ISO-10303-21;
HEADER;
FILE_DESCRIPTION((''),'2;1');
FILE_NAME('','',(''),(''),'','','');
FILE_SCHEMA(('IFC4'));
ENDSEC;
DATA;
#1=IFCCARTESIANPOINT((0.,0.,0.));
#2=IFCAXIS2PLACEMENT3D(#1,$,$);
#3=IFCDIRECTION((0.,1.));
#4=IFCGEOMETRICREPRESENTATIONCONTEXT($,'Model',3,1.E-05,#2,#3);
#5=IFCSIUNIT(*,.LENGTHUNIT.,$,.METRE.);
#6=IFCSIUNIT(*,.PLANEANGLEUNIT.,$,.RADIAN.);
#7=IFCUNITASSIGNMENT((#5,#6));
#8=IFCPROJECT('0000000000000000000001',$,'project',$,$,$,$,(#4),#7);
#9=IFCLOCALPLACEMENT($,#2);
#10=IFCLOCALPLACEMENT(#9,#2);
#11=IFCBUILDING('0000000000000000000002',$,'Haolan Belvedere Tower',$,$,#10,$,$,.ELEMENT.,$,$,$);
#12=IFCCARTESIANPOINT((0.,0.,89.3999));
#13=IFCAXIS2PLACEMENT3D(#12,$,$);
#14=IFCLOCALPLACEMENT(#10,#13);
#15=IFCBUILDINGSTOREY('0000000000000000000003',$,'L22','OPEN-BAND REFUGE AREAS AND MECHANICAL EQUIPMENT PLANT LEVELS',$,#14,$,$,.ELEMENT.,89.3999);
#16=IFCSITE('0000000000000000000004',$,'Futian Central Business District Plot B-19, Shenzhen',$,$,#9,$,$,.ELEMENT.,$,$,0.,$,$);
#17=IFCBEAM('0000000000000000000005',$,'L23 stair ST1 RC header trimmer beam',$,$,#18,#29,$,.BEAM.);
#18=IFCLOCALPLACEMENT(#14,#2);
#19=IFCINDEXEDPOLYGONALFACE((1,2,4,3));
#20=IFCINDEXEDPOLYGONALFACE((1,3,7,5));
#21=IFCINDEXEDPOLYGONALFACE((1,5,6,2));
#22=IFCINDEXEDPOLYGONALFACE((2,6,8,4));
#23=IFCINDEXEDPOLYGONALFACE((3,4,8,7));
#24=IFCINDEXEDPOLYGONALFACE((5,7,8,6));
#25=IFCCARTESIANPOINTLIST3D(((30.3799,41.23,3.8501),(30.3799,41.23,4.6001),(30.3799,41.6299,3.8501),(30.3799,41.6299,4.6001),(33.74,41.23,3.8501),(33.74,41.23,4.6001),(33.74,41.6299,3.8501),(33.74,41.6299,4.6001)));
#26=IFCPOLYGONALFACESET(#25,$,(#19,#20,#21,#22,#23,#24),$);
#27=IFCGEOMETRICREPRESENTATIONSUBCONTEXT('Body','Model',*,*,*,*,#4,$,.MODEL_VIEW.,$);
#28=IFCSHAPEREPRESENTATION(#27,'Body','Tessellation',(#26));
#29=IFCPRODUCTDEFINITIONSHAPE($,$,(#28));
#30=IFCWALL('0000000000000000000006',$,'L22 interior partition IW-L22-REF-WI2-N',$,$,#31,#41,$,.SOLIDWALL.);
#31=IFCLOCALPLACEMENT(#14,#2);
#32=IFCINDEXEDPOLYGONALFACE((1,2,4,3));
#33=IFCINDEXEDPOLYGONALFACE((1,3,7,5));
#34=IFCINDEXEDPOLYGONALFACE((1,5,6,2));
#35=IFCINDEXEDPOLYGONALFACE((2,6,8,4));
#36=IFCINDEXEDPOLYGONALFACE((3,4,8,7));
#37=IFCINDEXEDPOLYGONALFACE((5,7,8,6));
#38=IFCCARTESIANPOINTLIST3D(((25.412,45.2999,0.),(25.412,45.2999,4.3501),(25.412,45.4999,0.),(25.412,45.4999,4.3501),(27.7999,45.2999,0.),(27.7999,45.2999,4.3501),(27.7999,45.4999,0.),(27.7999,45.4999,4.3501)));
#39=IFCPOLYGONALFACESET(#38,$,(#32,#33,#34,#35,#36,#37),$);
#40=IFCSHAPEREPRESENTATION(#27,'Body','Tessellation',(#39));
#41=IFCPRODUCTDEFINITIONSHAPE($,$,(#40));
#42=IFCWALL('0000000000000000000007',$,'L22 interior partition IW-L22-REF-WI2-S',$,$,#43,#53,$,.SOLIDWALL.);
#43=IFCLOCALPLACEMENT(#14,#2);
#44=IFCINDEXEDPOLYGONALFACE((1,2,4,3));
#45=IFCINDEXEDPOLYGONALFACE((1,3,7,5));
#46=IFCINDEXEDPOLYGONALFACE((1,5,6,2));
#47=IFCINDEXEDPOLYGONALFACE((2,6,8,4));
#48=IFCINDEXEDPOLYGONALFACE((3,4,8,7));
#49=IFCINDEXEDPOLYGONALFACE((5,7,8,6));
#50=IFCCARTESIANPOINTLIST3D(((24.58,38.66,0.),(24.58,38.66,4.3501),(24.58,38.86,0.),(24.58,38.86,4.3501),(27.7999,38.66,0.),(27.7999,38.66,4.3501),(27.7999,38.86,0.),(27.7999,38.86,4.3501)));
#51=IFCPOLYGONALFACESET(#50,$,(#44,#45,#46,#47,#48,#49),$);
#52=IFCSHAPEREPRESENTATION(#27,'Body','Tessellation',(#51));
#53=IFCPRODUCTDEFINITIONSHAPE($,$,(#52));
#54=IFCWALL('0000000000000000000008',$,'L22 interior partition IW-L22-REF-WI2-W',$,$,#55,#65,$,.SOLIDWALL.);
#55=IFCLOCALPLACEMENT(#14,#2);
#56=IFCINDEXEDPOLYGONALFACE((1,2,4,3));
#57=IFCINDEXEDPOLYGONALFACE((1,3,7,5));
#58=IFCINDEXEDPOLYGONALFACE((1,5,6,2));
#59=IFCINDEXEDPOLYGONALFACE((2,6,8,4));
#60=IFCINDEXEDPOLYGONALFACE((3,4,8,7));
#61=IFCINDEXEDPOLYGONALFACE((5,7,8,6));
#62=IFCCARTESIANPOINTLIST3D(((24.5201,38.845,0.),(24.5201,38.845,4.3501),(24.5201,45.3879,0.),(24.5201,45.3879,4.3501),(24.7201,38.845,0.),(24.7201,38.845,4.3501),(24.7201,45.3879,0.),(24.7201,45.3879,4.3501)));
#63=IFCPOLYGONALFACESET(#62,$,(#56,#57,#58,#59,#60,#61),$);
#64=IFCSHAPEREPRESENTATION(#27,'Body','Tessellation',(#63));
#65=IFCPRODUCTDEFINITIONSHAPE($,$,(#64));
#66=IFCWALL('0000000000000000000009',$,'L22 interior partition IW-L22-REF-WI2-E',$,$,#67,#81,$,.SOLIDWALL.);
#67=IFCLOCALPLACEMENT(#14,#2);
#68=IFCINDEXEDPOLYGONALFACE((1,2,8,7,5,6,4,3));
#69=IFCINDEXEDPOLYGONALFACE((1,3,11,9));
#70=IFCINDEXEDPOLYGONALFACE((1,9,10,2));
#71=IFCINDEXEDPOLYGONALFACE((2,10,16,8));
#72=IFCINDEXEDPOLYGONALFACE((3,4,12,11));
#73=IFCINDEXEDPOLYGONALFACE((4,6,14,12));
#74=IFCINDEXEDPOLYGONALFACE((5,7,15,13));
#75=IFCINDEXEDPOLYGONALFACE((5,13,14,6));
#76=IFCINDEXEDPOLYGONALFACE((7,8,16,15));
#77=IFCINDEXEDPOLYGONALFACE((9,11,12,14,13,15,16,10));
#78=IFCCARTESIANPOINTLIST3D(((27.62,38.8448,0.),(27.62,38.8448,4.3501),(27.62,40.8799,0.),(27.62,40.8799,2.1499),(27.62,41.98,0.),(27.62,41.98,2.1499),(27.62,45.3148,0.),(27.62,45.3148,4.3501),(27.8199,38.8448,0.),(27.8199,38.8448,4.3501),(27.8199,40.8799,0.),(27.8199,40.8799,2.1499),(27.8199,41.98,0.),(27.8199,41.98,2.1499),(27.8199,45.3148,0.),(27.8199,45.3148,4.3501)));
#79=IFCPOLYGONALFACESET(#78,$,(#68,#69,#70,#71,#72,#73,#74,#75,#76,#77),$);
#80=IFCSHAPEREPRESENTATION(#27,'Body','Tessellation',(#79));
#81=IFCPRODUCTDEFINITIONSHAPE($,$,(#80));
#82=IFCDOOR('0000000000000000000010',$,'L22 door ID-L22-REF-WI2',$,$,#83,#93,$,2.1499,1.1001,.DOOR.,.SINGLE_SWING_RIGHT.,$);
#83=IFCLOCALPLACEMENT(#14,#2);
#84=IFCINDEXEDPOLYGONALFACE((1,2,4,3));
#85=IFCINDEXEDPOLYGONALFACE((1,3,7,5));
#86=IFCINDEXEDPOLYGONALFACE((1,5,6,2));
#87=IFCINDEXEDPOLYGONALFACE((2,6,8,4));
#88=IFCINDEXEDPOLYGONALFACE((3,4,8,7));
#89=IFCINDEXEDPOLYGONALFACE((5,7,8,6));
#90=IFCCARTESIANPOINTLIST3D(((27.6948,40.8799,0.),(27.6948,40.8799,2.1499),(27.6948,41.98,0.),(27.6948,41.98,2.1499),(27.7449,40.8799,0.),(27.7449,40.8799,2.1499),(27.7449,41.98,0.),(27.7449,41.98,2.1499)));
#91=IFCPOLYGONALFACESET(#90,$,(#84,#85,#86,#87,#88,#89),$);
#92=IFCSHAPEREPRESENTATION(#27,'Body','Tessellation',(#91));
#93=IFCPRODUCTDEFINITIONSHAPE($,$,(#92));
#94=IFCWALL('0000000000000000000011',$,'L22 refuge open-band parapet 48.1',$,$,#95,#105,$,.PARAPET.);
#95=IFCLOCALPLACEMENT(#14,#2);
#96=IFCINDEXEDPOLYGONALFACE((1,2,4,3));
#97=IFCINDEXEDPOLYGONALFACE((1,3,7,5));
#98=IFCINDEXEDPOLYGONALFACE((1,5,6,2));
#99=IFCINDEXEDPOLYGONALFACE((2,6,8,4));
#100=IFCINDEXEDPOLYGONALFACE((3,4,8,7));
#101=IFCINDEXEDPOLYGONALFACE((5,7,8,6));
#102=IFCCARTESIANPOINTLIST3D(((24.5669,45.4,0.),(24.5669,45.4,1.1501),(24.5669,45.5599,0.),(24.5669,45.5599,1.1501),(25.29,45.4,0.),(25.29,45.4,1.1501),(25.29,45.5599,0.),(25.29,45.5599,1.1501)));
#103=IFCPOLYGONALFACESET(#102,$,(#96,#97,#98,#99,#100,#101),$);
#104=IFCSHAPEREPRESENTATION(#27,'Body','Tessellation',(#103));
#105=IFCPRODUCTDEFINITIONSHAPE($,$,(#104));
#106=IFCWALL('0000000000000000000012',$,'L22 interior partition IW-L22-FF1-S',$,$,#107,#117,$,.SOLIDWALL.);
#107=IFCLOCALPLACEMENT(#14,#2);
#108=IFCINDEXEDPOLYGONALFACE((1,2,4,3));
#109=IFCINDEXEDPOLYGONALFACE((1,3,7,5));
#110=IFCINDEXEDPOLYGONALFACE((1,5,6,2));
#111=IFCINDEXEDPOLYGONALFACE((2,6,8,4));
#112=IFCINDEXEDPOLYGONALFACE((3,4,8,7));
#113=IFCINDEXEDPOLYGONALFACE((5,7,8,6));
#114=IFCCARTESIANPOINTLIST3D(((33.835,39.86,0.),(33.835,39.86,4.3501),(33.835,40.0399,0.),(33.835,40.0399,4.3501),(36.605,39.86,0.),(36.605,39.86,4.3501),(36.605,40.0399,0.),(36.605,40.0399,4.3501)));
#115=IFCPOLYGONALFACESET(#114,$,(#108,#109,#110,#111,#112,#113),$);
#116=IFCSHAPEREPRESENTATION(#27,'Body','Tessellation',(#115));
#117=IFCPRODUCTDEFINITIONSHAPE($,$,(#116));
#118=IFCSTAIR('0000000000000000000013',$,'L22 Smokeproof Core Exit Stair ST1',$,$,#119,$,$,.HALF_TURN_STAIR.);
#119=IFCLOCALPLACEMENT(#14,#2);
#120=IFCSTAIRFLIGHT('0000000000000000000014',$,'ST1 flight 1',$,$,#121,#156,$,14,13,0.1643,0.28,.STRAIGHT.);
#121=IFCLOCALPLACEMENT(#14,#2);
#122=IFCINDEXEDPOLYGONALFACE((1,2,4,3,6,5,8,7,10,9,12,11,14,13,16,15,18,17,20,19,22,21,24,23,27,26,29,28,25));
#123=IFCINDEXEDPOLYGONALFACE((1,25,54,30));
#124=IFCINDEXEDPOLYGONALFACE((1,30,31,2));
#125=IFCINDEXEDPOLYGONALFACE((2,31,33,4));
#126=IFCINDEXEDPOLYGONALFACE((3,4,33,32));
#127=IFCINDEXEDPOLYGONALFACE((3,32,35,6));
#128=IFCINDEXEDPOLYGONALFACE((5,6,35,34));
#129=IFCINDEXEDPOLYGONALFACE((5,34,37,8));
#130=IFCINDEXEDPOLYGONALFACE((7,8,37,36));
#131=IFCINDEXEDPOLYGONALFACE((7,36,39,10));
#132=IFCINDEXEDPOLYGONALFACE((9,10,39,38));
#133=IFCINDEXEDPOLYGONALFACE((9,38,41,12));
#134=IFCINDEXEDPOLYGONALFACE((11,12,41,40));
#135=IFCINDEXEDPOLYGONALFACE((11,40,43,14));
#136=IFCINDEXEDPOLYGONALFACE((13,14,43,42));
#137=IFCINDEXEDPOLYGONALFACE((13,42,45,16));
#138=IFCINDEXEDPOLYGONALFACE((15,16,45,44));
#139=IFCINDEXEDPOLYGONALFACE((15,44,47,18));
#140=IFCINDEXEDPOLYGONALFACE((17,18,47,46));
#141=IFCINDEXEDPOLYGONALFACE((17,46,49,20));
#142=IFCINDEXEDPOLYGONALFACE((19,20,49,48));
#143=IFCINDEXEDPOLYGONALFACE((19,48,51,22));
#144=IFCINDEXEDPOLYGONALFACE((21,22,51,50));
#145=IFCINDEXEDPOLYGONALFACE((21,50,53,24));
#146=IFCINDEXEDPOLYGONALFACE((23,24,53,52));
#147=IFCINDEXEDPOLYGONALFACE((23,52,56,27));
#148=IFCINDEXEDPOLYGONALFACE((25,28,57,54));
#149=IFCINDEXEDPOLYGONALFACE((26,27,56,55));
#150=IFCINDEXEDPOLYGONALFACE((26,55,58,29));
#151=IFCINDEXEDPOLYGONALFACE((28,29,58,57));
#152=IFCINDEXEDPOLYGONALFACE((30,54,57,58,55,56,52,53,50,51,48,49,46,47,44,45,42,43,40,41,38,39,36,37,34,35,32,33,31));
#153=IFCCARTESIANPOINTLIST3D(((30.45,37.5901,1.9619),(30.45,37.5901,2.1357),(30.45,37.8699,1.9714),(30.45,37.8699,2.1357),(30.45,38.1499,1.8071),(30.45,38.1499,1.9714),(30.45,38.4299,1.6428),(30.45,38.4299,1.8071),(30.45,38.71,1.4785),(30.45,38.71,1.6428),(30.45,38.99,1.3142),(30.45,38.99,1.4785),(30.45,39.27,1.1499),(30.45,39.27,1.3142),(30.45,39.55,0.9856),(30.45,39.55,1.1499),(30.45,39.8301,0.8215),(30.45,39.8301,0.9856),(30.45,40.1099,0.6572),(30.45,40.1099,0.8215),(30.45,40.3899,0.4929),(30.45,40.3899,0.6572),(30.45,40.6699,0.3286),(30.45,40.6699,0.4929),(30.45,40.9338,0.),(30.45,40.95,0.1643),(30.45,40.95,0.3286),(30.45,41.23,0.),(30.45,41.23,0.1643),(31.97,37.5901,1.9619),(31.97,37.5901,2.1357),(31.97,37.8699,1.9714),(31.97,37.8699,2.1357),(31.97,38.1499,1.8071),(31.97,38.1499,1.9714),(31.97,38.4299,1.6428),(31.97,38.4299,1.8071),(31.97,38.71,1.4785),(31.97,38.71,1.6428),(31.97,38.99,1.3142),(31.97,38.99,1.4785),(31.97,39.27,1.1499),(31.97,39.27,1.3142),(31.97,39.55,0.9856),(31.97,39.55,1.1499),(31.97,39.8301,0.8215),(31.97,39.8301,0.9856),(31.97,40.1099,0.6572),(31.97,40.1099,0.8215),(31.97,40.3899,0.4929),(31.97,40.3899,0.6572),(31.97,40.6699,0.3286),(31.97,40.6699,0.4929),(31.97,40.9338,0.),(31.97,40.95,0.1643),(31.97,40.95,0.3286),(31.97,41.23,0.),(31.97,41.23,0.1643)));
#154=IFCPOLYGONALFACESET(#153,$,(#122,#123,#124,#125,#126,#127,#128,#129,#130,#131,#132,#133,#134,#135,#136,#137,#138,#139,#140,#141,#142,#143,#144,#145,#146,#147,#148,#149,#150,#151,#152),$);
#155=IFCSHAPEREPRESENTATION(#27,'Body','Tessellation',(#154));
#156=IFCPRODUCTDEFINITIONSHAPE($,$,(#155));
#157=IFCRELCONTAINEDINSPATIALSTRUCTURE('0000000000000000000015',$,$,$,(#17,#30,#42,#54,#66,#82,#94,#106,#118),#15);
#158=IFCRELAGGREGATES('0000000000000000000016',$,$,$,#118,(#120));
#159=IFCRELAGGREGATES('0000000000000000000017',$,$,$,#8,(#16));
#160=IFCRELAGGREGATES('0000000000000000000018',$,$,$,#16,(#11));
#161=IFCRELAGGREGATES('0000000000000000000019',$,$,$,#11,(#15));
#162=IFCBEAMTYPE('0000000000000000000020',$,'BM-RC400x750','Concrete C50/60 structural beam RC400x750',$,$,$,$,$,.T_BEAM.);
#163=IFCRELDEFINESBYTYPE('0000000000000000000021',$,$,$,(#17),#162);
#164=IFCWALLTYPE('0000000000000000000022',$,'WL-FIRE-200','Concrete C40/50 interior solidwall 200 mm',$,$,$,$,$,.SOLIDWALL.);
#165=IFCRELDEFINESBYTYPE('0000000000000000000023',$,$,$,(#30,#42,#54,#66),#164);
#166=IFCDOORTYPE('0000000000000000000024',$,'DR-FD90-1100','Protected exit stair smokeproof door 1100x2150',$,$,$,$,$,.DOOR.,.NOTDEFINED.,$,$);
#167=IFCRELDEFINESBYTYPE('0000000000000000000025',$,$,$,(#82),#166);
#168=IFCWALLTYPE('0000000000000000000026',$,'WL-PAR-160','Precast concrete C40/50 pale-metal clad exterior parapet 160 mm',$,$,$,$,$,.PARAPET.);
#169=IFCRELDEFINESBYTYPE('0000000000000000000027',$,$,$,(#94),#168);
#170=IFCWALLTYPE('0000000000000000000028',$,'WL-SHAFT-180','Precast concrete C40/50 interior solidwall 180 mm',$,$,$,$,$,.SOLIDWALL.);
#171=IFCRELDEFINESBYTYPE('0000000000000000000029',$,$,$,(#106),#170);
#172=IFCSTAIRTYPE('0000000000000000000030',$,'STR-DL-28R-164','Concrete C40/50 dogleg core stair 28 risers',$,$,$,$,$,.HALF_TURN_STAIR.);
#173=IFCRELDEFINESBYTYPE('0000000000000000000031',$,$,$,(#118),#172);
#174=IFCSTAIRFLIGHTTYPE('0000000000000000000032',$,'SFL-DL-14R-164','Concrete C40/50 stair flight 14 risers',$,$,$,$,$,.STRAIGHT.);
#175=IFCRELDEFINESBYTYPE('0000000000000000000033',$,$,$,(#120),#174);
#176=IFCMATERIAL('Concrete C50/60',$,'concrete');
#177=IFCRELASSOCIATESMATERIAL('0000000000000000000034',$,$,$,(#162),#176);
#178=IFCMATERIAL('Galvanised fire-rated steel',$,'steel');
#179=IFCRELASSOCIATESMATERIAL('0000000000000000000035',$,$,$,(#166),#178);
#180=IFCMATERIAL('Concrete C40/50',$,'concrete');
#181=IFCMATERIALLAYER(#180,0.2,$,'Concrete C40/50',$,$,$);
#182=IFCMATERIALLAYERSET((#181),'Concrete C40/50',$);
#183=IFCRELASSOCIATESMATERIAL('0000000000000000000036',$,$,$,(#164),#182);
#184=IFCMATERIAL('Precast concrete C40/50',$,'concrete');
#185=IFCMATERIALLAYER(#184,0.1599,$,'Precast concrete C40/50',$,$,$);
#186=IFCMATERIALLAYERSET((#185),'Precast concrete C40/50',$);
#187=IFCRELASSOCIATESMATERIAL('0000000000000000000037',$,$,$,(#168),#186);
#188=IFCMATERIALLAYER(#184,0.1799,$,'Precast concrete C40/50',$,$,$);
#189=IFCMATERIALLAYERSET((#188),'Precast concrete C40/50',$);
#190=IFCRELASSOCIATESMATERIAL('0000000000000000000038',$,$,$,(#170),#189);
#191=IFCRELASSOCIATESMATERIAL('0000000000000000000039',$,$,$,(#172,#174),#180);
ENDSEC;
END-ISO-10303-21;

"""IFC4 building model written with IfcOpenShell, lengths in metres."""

from ifc_helpers import new_model, si_unit, direction, frame, frame_2d, origin, origin_2d, place, context, subcontext, project, spatial, polyline, rectangle, outline, extrude, material, layer, layer_set, material_profile, profile_set, type_object, element, fill, aggregate, save


model = new_model("IFC4")

# Units and contexts
model_context = context("Model", 3, precision=1e-05, world=origin(), true_north=direction((0.0, 1.0)))
body_context = subcontext(model_context, "Body", "Model", "MODEL_VIEW")
ifc_project = project(units=[si_unit("LENGTHUNIT", "METRE"), si_unit("PLANEANGLEUNIT", "RADIAN")], contexts=[model_context])

# Site, building, storey
site_placement = place(None, origin())
site = spatial("IfcSite", under=ifc_project, at=site_placement, Name="Futian Central Business District Plot B-19, Shenzhen", CompositionType="ELEMENT", RefElevation=0.0)
building_placement = place(site_placement, origin())
building = spatial("IfcBuilding", under=site, at=building_placement, Name="Haolan Belvedere Tower", CompositionType="ELEMENT")
storey_placement = place(building_placement, frame((0.0, 0.0, 89.3999)))
storey = spatial("IfcBuildingStorey", under=building, at=storey_placement, Name="L22", Description="OPEN-BAND REFUGE AREAS AND MECHANICAL EQUIPMENT PLANT LEVELS", CompositionType="ELEMENT", Elevation=89.3999)

# Beam
ifc_material_1 = material(Name="Concrete C50/60", Category="concrete")
ifc_material_profile = material_profile(ifc_material_1, rectangle(XDim=0.3999, YDim=0.75, at=origin_2d()), Name="Concrete C50/60")
ifc_profile_set = profile_set([ifc_material_profile], Name="Concrete C50/60")
beam_type = type_object("IfcBeamType", Name="BM-RC400x750", Description="Concrete C50/60 structural beam RC400x750", PredefinedType="T_BEAM", material=ifc_profile_set)
beam_placement = place(storey_placement, frame((30.3799, 41.4299, 4.2251), z_axis=(1.0, 0.0, 0.0), x_axis=(0.0, 1.0, 0.0)))
element("IfcBeam", 1, at=beam_placement, inside=storey, type_object=beam_type, Name="L23 stair ST1 RC header trimmer beam", PredefinedType="BEAM", context=body_context, shape_type="SweptSolid", body=[
    extrude(rectangle(XDim=0.3999, YDim=0.75, at=origin_2d()), origin(), (0.0, 0.0, 1.0), 3.3601),
])

# Shared definitions
ifc_material_2 = material(Name="Galvanised fire-rated steel", Category="steel")
door_type_1 = type_object("IfcDoorType", Name="DR-FD90-1100", Description="Protected exit stair smokeproof door 1100x2150", OperationType="NOTDEFINED", PredefinedType="DOOR", material=ifc_material_2)

# Shared definitions
ifc_material_3 = material(Name="Concrete C40/50", Category="concrete")
ifc_layer_1 = layer(ifc_material_3, 0.2, Name="Concrete C40/50")
ifc_layer_set_1 = layer_set([ifc_layer_1], Name="Concrete C40/50")
wall_type_1 = type_object("IfcWallType", Name="WL-FIRE-200", Description="Concrete C40/50 interior solidwall 200 mm", PredefinedType="SOLIDWALL", material=ifc_layer_set_1)

# Walls
wall_1_placement = place(storey_placement, frame((25.4121, 45.3999, 0.0), z_axis=(0.0, 0.0, 1.0), x_axis=(1.0, 0.0, 0.0)))
element("IfcWall", 2, at=wall_1_placement, inside=storey, type_object=wall_type_1, Name="L22 interior partition IW-L22-REF-WI2-N", PredefinedType="SOLIDWALL", context=body_context, shape_type="SweptSolid", body=[
    extrude(rectangle(XDim=2.3879, YDim=0.2, at=frame_2d((1.1938, 0.0))), origin(), (0.0, 0.0, 1.0), 4.3501),
])
wall_2_placement = place(storey_placement, frame((24.5801, 38.76, 0.0), z_axis=(0.0, 0.0, 1.0), x_axis=(1.0, 0.0, 0.0)))
element("IfcWall", 3, at=wall_2_placement, inside=storey, type_object=wall_type_1, Name="L22 interior partition IW-L22-REF-WI2-S", PredefinedType="SOLIDWALL", context=body_context, shape_type="SweptSolid", body=[
    extrude(rectangle(XDim=3.22, YDim=0.2, at=frame_2d((1.6099, 0.0))), origin(), (0.0, 0.0, 1.0), 4.3501),
])
wall_3_placement = place(storey_placement, frame((24.6201, 38.845, 0.0), z_axis=(0.0, 0.0, 1.0), x_axis=(0.0, 1.0, 0.0)))
element("IfcWall", 4, at=wall_3_placement, inside=storey, type_object=wall_type_1, Name="L22 interior partition IW-L22-REF-WI2-W", PredefinedType="SOLIDWALL", context=body_context, shape_type="SweptSolid", body=[
    extrude(rectangle(XDim=6.543, YDim=0.2, at=frame_2d((3.2715, 0.0))), origin(), (0.0, 0.0, 1.0), 4.3501),
])

# Wall, opening, door
wall_4_placement = place(storey_placement, frame((27.72, 38.845, 0.0), z_axis=(0.0, 0.0, 1.0), x_axis=(0.0, 1.0, 0.0)))
wall_4 = element("IfcWall", 5, at=wall_4_placement, inside=storey, type_object=wall_type_1, Name="L22 interior partition IW-L22-REF-WI2-E", PredefinedType="SOLIDWALL", context=body_context, shape_type="SweptSolid", body=[
    extrude(rectangle(XDim=6.47, YDim=0.2, at=frame_2d((3.2349, 0.0))), origin(), (0.0, 0.0, 1.0), 4.3501),
])
opening_1_placement = place(wall_4_placement, frame((3.135, 0.0, 0.0), z_axis=(0.0, 0.0, 1.0), x_axis=(-1.0, 0.0, 0.0)))
opening_1 = element("IfcOpeningElement", 6, at=opening_1_placement, cuts=wall_4, PredefinedType="OPENING", context=body_context, shape_type="SweptSolid", body=[
    extrude(rectangle(XDim=1.1001, YDim=2.1499, at=frame_2d((0.55, 1.075))), frame((0.0, 0.1099, 0.0), z_axis=(0.0, -1.0, 0.0), x_axis=(1.0, 0.0, 0.0)), (0.0, 0.0, 1.0), 0.22),
])
door_1_placement = place(opening_1_placement, origin())
door_1 = element("IfcDoor", 7, at=door_1_placement, inside=storey, type_object=door_type_1, Name="L22 door ID-L22-REF-WI2", OperationType="SINGLE_SWING_RIGHT", OverallHeight=2.1499, OverallWidth=1.1001, PredefinedType="DOOR", context=body_context, shape_type="SweptSolid", body=[
    extrude(rectangle(XDim=1.1001, YDim=2.1499, at=frame_2d((0.55, 1.075))), frame((0.0, 0.0249, 0.0), z_axis=(0.0, -1.0, 0.0), x_axis=(1.0, 0.0, 0.0)), (0.0, 0.0, 1.0), 0.05),
])
fill(opening_1, door_1)

# Walls
ifc_material_4 = material(Name="Precast concrete C40/50", Category="concrete")
ifc_layer_2 = layer(ifc_material_4, 0.1599, Name="Precast concrete C40/50")
ifc_layer_set_2 = layer_set([ifc_layer_2], Name="Precast concrete C40/50")
wall_type_2 = type_object("IfcWallType", Name="WL-PAR-160", Description="Precast concrete C40/50 pale-metal clad exterior parapet 160 mm", PredefinedType="PARAPET", material=ifc_layer_set_2)
wall_5_placement = place(storey_placement, frame((25.29, 45.48, 0.0), z_axis=(0.0, 0.0, 1.0), x_axis=(-1.0, 0.0, 0.0)))
element("IfcWall", 8, at=wall_5_placement, inside=storey, type_object=wall_type_2, Name="L22 refuge open-band parapet 48.1", PredefinedType="PARAPET", context=body_context, shape_type="SweptSolid", body=[
    extrude(rectangle(XDim=0.7231, YDim=0.1599, at=frame_2d((0.3616, 0.0))), origin(), (0.0, 0.0, 1.0), 1.1501),
])
ifc_layer_3 = layer(ifc_material_4, 0.1799, Name="Precast concrete C40/50")
ifc_layer_set_3 = layer_set([ifc_layer_3], Name="Precast concrete C40/50")
wall_type_3 = type_object("IfcWallType", Name="WL-SHAFT-180", Description="Precast concrete C40/50 interior solidwall 180 mm", PredefinedType="SOLIDWALL", material=ifc_layer_set_3)
wall_6_placement = place(storey_placement, frame((33.835, 39.95, 0.0), z_axis=(0.0, 0.0, 1.0), x_axis=(1.0, 0.0, 0.0)))
element("IfcWall", 9, at=wall_6_placement, inside=storey, type_object=wall_type_3, Name="L22 interior partition IW-L22-FF1-S", PredefinedType="SOLIDWALL", context=body_context, shape_type="SweptSolid", body=[
    extrude(rectangle(XDim=2.77, YDim=0.1799, at=frame_2d((1.385, 0.0))), origin(), (0.0, 0.0, 1.0), 4.3501),
])

# Stair, stair flight
stair_type = type_object("IfcStairType", Name="STR-DL-28R-164", Description="Concrete C40/50 dogleg core stair 28 risers", PredefinedType="HALF_TURN_STAIR", material=ifc_material_3)
stair_placement = place(storey_placement, origin())
stair = element("IfcStair", 10, at=stair_placement, inside=storey, type_object=stair_type, Name="L22 Smokeproof Core Exit Stair ST1", PredefinedType="HALF_TURN_STAIR")
stair_flight_type = type_object("IfcStairFlightType", Name="SFL-DL-14R-164", Description="Concrete C40/50 stair flight 14 risers", PredefinedType="STRAIGHT", material=ifc_material_3)
stair_flight_placement = place(storey_placement, frame((31.21, 41.23, 0.0), z_axis=(0.0, 0.0, 1.0), x_axis=(0.0, -1.0, 0.0)))
stair_flight = element("IfcStairFlight", 11, at=stair_flight_placement, type_object=stair_flight_type, Name="ST1 flight 1", NumberOfRisers=14, NumberOfTreads=13, PredefinedType="STRAIGHT", RiserHeight=0.1643, TreadLength=0.28, context=body_context, shape_type="SweptSolid", body=[
    extrude(outline(polyline([(0.0, 0.0), (0.0, 0.1643), (0.28, 0.1643), (0.28, 0.3286), (0.5601, 0.3286), (0.5601, 0.4929), (0.8401, 0.4929), (0.8401, 0.6572), (1.1201, 0.6572), (1.1201, 0.8215), (1.3999, 0.8215), (1.3999, 0.9856), (1.6799, 0.9856), (1.6799, 1.1499), (1.96, 1.1499), (1.96, 1.3142), (2.24, 1.3142), (2.24, 1.4785), (2.52, 1.4785), (2.52, 1.6428), (2.8, 1.6428), (2.8, 1.8071), (3.0801, 1.8071), (3.0801, 1.9714), (3.3601, 1.9714), (3.3601, 2.1357), (3.6399, 2.1357), (3.6399, 2.3), (3.6399, 1.9619), (0.2961, 0.0), (0.0, 0.0)])), frame((0.0, 0.76, 0.0), z_axis=(0.0, -1.0, 0.0), x_axis=(1.0, 0.0, 0.0)), (0.0, 0.0, 1.0), 1.52),
])
aggregate(stair, [stair_flight])

save(model, "model.ifc")
